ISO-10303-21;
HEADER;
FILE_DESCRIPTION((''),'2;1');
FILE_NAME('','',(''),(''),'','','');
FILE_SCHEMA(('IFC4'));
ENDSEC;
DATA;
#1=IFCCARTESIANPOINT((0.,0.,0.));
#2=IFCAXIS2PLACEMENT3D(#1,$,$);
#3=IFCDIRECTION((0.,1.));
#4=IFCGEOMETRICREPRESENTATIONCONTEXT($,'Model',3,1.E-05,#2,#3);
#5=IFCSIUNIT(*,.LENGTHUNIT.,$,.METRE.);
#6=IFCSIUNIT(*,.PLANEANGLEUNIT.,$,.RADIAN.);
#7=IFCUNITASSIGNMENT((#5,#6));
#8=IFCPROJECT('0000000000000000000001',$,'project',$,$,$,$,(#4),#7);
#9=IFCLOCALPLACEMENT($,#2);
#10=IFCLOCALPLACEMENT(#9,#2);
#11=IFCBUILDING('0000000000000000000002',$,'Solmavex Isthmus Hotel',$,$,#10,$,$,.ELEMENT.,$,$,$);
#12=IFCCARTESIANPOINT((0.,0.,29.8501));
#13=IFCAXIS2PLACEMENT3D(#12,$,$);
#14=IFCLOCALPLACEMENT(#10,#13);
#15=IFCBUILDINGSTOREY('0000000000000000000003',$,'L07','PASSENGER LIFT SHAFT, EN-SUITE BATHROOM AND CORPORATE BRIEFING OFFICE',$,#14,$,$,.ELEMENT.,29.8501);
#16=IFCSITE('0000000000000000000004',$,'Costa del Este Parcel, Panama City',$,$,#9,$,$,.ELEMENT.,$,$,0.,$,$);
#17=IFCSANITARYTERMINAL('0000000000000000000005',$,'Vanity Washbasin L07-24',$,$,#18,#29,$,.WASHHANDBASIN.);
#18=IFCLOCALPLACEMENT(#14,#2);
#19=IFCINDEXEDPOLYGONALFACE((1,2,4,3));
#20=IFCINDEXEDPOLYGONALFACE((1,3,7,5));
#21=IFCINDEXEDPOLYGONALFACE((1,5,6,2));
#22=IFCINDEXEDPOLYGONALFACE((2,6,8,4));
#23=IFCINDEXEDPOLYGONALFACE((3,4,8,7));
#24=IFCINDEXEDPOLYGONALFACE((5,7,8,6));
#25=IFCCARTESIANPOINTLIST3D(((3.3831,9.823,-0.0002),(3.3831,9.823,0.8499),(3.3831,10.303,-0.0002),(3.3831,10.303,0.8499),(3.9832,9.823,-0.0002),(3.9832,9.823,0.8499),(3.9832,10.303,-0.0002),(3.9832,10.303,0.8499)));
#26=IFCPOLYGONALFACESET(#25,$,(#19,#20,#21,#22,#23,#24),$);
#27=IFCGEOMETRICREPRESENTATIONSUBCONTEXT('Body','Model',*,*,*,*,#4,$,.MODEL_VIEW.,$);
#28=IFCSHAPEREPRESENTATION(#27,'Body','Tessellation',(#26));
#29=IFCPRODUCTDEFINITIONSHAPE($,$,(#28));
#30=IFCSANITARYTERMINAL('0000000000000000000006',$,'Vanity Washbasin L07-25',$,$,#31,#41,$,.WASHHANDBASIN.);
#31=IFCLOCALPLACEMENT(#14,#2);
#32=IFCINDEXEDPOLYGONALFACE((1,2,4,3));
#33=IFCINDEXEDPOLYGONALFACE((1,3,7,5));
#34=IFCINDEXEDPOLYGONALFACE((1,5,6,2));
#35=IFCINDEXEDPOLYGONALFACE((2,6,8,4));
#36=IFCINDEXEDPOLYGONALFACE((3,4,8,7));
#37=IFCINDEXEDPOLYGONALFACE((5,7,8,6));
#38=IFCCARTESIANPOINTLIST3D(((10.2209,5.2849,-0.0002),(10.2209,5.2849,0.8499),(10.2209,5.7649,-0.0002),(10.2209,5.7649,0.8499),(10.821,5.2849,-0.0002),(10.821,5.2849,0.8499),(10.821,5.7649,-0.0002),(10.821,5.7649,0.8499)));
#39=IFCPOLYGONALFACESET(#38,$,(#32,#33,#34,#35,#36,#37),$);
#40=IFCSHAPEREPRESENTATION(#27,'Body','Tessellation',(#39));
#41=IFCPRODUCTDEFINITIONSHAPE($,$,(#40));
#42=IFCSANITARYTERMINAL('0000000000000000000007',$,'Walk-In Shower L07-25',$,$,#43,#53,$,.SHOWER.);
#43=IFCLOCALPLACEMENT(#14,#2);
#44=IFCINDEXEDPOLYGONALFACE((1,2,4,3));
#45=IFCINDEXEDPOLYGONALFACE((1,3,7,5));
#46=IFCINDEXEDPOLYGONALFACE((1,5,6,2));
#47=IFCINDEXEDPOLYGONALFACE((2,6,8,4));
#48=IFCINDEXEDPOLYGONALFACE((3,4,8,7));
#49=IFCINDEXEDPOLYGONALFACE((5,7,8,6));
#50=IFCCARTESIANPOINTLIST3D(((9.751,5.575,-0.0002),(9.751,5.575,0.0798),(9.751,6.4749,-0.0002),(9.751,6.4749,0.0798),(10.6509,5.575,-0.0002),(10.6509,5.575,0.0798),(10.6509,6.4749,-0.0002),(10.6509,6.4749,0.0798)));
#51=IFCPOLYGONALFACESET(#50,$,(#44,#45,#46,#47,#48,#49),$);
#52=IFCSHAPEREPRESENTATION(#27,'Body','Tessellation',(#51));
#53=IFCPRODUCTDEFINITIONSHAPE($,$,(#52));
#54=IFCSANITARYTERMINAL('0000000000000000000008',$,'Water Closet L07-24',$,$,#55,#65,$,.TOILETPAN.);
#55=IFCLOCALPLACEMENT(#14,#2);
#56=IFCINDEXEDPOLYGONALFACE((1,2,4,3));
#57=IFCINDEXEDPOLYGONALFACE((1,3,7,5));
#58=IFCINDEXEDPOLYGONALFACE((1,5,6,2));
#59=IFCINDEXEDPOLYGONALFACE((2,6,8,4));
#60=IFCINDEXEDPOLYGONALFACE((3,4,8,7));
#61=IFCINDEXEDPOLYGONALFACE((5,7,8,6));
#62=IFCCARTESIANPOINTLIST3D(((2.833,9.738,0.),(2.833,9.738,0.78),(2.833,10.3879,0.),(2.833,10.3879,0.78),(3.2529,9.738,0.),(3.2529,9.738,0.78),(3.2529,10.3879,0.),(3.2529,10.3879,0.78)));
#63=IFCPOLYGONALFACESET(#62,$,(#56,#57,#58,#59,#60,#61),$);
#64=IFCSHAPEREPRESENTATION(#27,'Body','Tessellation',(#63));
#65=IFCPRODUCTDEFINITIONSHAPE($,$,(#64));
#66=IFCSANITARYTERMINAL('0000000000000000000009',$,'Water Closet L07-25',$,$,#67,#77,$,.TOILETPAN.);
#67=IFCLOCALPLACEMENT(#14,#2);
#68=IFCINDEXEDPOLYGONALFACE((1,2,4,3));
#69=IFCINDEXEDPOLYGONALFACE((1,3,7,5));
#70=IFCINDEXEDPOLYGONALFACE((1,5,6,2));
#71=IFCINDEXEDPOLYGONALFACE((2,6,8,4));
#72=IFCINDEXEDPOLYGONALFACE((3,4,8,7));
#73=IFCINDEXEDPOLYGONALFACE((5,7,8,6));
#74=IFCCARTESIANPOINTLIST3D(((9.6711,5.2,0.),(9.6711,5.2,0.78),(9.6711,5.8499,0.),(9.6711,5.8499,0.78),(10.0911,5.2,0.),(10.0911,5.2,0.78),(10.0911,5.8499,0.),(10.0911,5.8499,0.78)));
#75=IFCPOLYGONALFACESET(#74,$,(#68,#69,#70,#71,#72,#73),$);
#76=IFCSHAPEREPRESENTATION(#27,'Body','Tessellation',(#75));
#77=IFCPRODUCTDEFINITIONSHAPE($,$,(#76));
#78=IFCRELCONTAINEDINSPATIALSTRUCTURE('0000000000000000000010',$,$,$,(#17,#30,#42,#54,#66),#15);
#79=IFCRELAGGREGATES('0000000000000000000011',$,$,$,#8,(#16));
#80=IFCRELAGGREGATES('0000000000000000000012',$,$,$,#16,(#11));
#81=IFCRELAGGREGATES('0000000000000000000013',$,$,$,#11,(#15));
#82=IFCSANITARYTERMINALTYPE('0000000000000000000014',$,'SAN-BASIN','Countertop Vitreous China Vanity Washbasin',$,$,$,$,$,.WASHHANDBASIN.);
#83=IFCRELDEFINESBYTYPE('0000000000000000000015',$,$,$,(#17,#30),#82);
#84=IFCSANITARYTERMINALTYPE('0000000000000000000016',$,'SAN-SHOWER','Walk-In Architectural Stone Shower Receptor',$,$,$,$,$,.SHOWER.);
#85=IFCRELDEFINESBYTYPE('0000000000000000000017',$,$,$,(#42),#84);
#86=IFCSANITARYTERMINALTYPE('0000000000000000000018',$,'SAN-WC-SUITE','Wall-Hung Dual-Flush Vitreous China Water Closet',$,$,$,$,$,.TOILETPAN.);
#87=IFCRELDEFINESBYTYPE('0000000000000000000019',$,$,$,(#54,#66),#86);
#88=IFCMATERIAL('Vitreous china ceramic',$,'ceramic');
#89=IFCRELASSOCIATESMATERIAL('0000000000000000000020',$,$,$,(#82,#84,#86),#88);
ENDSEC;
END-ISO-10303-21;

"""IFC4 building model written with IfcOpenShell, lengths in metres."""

from ifc_helpers import new_model, si_unit, direction, frame, origin, origin_2d, place, context, subcontext, project, spatial, rectangle, extrude, material, type_object, element, save


model = new_model("IFC4")

# Units and contexts
model_context = context("Model", 3, precision=1e-05, world=origin(), true_north=direction((0.0, 1.0)))
body_context = subcontext(model_context, "Body", "Model", "MODEL_VIEW")
ifc_project = project(units=[si_unit("LENGTHUNIT", "METRE"), si_unit("PLANEANGLEUNIT", "RADIAN")], contexts=[model_context])

# Site, building, storey
site_placement = place(None, origin())
site = spatial("IfcSite", under=ifc_project, at=site_placement, Name="Costa del Este Parcel, Panama City", CompositionType="ELEMENT", RefElevation=0.0)
building_placement = place(site_placement, origin())
building = spatial("IfcBuilding", under=site, at=building_placement, Name="Solmavex Isthmus Hotel", CompositionType="ELEMENT")
storey_placement = place(building_placement, frame((0.0, 0.0, 29.8501)))
storey = spatial("IfcBuildingStorey", under=building, at=storey_placement, Name="L07", Description="PASSENGER LIFT SHAFT, EN-SUITE BATHROOM AND CORPORATE BRIEFING OFFICE", CompositionType="ELEMENT", Elevation=29.8501)

# Sanitary terminals
ifc_material_1 = material(Name="Vitreous china ceramic", Category="ceramic")
sanitary_terminal_type_1 = type_object("IfcSanitaryTerminalType", Name="SAN-BASIN", Description="Countertop Vitreous China Vanity Washbasin", PredefinedType="WASHHANDBASIN", material=ifc_material_1)
for number, where, z_axis, x_axis, name in (
    (1, (3.6831, 10.063, -0.0002), (0.0, 0.0, 1.0), (1.0, 0.0, 0.0), "Vanity Washbasin L07-24"),
    (2, (10.521, 5.5249, -0.0002), (0.0, 0.0, 1.0), (1.0, 0.0, 0.0), "Vanity Washbasin L07-25"),
):
    element("IfcSanitaryTerminal", number, at=place(storey_placement, frame(where, z_axis=z_axis, x_axis=x_axis)), inside=storey, type_object=sanitary_terminal_type_1, Name=name, PredefinedType="WASHHANDBASIN", context=body_context, shape_type="SweptSolid", body=[
        extrude(rectangle(XDim=0.6001, YDim=0.48, at=origin_2d()), origin(), (0.0, 0.0, 1.0), 0.8501),
    ])
sanitary_terminal_type_2 = type_object("IfcSanitaryTerminalType", Name="SAN-SHOWER", Description="Walk-In Architectural Stone Shower Receptor", PredefinedType="SHOWER", material=ifc_material_1)
sanitary_terminal_placement = place(storey_placement, frame((10.2009, 6.0249, -0.0002), z_axis=(0.0, 0.0, 1.0), x_axis=(1.0, 0.0, 0.0)))
element("IfcSanitaryTerminal", 3, at=sanitary_terminal_placement, inside=storey, type_object=sanitary_terminal_type_2, Name="Walk-In Shower L07-25", PredefinedType="SHOWER", context=body_context, shape_type="SweptSolid", body=[
    extrude(rectangle(XDim=0.8999, YDim=0.8999, at=origin_2d()), origin(), (0.0, 0.0, 1.0), 0.0801),
])
sanitary_terminal_type_3 = type_object("IfcSanitaryTerminalType", Name="SAN-WC-SUITE", Description="Wall-Hung Dual-Flush Vitreous China Water Closet", PredefinedType="TOILETPAN", material=ifc_material_1)
for number, where, z_axis, x_axis, name in (
    (4, (3.043, 10.063, 0.0), (0.0, 0.0, 1.0), (1.0, 0.0, 0.0), "Water Closet L07-24"),
    (5, (9.8811, 5.5249, 0.0), (0.0, 0.0, 1.0), (1.0, 0.0, 0.0), "Water Closet L07-25"),
):
    element("IfcSanitaryTerminal", number, at=place(storey_placement, frame(where, z_axis=z_axis, x_axis=x_axis)), inside=storey, type_object=sanitary_terminal_type_3, Name=name, PredefinedType="TOILETPAN", context=body_context, shape_type="SweptSolid", body=[
        extrude(rectangle(XDim=0.4199, YDim=0.6499, at=origin_2d()), origin(), (0.0, 0.0, 1.0), 0.78),
    ])

save(model, "model.ifc")
